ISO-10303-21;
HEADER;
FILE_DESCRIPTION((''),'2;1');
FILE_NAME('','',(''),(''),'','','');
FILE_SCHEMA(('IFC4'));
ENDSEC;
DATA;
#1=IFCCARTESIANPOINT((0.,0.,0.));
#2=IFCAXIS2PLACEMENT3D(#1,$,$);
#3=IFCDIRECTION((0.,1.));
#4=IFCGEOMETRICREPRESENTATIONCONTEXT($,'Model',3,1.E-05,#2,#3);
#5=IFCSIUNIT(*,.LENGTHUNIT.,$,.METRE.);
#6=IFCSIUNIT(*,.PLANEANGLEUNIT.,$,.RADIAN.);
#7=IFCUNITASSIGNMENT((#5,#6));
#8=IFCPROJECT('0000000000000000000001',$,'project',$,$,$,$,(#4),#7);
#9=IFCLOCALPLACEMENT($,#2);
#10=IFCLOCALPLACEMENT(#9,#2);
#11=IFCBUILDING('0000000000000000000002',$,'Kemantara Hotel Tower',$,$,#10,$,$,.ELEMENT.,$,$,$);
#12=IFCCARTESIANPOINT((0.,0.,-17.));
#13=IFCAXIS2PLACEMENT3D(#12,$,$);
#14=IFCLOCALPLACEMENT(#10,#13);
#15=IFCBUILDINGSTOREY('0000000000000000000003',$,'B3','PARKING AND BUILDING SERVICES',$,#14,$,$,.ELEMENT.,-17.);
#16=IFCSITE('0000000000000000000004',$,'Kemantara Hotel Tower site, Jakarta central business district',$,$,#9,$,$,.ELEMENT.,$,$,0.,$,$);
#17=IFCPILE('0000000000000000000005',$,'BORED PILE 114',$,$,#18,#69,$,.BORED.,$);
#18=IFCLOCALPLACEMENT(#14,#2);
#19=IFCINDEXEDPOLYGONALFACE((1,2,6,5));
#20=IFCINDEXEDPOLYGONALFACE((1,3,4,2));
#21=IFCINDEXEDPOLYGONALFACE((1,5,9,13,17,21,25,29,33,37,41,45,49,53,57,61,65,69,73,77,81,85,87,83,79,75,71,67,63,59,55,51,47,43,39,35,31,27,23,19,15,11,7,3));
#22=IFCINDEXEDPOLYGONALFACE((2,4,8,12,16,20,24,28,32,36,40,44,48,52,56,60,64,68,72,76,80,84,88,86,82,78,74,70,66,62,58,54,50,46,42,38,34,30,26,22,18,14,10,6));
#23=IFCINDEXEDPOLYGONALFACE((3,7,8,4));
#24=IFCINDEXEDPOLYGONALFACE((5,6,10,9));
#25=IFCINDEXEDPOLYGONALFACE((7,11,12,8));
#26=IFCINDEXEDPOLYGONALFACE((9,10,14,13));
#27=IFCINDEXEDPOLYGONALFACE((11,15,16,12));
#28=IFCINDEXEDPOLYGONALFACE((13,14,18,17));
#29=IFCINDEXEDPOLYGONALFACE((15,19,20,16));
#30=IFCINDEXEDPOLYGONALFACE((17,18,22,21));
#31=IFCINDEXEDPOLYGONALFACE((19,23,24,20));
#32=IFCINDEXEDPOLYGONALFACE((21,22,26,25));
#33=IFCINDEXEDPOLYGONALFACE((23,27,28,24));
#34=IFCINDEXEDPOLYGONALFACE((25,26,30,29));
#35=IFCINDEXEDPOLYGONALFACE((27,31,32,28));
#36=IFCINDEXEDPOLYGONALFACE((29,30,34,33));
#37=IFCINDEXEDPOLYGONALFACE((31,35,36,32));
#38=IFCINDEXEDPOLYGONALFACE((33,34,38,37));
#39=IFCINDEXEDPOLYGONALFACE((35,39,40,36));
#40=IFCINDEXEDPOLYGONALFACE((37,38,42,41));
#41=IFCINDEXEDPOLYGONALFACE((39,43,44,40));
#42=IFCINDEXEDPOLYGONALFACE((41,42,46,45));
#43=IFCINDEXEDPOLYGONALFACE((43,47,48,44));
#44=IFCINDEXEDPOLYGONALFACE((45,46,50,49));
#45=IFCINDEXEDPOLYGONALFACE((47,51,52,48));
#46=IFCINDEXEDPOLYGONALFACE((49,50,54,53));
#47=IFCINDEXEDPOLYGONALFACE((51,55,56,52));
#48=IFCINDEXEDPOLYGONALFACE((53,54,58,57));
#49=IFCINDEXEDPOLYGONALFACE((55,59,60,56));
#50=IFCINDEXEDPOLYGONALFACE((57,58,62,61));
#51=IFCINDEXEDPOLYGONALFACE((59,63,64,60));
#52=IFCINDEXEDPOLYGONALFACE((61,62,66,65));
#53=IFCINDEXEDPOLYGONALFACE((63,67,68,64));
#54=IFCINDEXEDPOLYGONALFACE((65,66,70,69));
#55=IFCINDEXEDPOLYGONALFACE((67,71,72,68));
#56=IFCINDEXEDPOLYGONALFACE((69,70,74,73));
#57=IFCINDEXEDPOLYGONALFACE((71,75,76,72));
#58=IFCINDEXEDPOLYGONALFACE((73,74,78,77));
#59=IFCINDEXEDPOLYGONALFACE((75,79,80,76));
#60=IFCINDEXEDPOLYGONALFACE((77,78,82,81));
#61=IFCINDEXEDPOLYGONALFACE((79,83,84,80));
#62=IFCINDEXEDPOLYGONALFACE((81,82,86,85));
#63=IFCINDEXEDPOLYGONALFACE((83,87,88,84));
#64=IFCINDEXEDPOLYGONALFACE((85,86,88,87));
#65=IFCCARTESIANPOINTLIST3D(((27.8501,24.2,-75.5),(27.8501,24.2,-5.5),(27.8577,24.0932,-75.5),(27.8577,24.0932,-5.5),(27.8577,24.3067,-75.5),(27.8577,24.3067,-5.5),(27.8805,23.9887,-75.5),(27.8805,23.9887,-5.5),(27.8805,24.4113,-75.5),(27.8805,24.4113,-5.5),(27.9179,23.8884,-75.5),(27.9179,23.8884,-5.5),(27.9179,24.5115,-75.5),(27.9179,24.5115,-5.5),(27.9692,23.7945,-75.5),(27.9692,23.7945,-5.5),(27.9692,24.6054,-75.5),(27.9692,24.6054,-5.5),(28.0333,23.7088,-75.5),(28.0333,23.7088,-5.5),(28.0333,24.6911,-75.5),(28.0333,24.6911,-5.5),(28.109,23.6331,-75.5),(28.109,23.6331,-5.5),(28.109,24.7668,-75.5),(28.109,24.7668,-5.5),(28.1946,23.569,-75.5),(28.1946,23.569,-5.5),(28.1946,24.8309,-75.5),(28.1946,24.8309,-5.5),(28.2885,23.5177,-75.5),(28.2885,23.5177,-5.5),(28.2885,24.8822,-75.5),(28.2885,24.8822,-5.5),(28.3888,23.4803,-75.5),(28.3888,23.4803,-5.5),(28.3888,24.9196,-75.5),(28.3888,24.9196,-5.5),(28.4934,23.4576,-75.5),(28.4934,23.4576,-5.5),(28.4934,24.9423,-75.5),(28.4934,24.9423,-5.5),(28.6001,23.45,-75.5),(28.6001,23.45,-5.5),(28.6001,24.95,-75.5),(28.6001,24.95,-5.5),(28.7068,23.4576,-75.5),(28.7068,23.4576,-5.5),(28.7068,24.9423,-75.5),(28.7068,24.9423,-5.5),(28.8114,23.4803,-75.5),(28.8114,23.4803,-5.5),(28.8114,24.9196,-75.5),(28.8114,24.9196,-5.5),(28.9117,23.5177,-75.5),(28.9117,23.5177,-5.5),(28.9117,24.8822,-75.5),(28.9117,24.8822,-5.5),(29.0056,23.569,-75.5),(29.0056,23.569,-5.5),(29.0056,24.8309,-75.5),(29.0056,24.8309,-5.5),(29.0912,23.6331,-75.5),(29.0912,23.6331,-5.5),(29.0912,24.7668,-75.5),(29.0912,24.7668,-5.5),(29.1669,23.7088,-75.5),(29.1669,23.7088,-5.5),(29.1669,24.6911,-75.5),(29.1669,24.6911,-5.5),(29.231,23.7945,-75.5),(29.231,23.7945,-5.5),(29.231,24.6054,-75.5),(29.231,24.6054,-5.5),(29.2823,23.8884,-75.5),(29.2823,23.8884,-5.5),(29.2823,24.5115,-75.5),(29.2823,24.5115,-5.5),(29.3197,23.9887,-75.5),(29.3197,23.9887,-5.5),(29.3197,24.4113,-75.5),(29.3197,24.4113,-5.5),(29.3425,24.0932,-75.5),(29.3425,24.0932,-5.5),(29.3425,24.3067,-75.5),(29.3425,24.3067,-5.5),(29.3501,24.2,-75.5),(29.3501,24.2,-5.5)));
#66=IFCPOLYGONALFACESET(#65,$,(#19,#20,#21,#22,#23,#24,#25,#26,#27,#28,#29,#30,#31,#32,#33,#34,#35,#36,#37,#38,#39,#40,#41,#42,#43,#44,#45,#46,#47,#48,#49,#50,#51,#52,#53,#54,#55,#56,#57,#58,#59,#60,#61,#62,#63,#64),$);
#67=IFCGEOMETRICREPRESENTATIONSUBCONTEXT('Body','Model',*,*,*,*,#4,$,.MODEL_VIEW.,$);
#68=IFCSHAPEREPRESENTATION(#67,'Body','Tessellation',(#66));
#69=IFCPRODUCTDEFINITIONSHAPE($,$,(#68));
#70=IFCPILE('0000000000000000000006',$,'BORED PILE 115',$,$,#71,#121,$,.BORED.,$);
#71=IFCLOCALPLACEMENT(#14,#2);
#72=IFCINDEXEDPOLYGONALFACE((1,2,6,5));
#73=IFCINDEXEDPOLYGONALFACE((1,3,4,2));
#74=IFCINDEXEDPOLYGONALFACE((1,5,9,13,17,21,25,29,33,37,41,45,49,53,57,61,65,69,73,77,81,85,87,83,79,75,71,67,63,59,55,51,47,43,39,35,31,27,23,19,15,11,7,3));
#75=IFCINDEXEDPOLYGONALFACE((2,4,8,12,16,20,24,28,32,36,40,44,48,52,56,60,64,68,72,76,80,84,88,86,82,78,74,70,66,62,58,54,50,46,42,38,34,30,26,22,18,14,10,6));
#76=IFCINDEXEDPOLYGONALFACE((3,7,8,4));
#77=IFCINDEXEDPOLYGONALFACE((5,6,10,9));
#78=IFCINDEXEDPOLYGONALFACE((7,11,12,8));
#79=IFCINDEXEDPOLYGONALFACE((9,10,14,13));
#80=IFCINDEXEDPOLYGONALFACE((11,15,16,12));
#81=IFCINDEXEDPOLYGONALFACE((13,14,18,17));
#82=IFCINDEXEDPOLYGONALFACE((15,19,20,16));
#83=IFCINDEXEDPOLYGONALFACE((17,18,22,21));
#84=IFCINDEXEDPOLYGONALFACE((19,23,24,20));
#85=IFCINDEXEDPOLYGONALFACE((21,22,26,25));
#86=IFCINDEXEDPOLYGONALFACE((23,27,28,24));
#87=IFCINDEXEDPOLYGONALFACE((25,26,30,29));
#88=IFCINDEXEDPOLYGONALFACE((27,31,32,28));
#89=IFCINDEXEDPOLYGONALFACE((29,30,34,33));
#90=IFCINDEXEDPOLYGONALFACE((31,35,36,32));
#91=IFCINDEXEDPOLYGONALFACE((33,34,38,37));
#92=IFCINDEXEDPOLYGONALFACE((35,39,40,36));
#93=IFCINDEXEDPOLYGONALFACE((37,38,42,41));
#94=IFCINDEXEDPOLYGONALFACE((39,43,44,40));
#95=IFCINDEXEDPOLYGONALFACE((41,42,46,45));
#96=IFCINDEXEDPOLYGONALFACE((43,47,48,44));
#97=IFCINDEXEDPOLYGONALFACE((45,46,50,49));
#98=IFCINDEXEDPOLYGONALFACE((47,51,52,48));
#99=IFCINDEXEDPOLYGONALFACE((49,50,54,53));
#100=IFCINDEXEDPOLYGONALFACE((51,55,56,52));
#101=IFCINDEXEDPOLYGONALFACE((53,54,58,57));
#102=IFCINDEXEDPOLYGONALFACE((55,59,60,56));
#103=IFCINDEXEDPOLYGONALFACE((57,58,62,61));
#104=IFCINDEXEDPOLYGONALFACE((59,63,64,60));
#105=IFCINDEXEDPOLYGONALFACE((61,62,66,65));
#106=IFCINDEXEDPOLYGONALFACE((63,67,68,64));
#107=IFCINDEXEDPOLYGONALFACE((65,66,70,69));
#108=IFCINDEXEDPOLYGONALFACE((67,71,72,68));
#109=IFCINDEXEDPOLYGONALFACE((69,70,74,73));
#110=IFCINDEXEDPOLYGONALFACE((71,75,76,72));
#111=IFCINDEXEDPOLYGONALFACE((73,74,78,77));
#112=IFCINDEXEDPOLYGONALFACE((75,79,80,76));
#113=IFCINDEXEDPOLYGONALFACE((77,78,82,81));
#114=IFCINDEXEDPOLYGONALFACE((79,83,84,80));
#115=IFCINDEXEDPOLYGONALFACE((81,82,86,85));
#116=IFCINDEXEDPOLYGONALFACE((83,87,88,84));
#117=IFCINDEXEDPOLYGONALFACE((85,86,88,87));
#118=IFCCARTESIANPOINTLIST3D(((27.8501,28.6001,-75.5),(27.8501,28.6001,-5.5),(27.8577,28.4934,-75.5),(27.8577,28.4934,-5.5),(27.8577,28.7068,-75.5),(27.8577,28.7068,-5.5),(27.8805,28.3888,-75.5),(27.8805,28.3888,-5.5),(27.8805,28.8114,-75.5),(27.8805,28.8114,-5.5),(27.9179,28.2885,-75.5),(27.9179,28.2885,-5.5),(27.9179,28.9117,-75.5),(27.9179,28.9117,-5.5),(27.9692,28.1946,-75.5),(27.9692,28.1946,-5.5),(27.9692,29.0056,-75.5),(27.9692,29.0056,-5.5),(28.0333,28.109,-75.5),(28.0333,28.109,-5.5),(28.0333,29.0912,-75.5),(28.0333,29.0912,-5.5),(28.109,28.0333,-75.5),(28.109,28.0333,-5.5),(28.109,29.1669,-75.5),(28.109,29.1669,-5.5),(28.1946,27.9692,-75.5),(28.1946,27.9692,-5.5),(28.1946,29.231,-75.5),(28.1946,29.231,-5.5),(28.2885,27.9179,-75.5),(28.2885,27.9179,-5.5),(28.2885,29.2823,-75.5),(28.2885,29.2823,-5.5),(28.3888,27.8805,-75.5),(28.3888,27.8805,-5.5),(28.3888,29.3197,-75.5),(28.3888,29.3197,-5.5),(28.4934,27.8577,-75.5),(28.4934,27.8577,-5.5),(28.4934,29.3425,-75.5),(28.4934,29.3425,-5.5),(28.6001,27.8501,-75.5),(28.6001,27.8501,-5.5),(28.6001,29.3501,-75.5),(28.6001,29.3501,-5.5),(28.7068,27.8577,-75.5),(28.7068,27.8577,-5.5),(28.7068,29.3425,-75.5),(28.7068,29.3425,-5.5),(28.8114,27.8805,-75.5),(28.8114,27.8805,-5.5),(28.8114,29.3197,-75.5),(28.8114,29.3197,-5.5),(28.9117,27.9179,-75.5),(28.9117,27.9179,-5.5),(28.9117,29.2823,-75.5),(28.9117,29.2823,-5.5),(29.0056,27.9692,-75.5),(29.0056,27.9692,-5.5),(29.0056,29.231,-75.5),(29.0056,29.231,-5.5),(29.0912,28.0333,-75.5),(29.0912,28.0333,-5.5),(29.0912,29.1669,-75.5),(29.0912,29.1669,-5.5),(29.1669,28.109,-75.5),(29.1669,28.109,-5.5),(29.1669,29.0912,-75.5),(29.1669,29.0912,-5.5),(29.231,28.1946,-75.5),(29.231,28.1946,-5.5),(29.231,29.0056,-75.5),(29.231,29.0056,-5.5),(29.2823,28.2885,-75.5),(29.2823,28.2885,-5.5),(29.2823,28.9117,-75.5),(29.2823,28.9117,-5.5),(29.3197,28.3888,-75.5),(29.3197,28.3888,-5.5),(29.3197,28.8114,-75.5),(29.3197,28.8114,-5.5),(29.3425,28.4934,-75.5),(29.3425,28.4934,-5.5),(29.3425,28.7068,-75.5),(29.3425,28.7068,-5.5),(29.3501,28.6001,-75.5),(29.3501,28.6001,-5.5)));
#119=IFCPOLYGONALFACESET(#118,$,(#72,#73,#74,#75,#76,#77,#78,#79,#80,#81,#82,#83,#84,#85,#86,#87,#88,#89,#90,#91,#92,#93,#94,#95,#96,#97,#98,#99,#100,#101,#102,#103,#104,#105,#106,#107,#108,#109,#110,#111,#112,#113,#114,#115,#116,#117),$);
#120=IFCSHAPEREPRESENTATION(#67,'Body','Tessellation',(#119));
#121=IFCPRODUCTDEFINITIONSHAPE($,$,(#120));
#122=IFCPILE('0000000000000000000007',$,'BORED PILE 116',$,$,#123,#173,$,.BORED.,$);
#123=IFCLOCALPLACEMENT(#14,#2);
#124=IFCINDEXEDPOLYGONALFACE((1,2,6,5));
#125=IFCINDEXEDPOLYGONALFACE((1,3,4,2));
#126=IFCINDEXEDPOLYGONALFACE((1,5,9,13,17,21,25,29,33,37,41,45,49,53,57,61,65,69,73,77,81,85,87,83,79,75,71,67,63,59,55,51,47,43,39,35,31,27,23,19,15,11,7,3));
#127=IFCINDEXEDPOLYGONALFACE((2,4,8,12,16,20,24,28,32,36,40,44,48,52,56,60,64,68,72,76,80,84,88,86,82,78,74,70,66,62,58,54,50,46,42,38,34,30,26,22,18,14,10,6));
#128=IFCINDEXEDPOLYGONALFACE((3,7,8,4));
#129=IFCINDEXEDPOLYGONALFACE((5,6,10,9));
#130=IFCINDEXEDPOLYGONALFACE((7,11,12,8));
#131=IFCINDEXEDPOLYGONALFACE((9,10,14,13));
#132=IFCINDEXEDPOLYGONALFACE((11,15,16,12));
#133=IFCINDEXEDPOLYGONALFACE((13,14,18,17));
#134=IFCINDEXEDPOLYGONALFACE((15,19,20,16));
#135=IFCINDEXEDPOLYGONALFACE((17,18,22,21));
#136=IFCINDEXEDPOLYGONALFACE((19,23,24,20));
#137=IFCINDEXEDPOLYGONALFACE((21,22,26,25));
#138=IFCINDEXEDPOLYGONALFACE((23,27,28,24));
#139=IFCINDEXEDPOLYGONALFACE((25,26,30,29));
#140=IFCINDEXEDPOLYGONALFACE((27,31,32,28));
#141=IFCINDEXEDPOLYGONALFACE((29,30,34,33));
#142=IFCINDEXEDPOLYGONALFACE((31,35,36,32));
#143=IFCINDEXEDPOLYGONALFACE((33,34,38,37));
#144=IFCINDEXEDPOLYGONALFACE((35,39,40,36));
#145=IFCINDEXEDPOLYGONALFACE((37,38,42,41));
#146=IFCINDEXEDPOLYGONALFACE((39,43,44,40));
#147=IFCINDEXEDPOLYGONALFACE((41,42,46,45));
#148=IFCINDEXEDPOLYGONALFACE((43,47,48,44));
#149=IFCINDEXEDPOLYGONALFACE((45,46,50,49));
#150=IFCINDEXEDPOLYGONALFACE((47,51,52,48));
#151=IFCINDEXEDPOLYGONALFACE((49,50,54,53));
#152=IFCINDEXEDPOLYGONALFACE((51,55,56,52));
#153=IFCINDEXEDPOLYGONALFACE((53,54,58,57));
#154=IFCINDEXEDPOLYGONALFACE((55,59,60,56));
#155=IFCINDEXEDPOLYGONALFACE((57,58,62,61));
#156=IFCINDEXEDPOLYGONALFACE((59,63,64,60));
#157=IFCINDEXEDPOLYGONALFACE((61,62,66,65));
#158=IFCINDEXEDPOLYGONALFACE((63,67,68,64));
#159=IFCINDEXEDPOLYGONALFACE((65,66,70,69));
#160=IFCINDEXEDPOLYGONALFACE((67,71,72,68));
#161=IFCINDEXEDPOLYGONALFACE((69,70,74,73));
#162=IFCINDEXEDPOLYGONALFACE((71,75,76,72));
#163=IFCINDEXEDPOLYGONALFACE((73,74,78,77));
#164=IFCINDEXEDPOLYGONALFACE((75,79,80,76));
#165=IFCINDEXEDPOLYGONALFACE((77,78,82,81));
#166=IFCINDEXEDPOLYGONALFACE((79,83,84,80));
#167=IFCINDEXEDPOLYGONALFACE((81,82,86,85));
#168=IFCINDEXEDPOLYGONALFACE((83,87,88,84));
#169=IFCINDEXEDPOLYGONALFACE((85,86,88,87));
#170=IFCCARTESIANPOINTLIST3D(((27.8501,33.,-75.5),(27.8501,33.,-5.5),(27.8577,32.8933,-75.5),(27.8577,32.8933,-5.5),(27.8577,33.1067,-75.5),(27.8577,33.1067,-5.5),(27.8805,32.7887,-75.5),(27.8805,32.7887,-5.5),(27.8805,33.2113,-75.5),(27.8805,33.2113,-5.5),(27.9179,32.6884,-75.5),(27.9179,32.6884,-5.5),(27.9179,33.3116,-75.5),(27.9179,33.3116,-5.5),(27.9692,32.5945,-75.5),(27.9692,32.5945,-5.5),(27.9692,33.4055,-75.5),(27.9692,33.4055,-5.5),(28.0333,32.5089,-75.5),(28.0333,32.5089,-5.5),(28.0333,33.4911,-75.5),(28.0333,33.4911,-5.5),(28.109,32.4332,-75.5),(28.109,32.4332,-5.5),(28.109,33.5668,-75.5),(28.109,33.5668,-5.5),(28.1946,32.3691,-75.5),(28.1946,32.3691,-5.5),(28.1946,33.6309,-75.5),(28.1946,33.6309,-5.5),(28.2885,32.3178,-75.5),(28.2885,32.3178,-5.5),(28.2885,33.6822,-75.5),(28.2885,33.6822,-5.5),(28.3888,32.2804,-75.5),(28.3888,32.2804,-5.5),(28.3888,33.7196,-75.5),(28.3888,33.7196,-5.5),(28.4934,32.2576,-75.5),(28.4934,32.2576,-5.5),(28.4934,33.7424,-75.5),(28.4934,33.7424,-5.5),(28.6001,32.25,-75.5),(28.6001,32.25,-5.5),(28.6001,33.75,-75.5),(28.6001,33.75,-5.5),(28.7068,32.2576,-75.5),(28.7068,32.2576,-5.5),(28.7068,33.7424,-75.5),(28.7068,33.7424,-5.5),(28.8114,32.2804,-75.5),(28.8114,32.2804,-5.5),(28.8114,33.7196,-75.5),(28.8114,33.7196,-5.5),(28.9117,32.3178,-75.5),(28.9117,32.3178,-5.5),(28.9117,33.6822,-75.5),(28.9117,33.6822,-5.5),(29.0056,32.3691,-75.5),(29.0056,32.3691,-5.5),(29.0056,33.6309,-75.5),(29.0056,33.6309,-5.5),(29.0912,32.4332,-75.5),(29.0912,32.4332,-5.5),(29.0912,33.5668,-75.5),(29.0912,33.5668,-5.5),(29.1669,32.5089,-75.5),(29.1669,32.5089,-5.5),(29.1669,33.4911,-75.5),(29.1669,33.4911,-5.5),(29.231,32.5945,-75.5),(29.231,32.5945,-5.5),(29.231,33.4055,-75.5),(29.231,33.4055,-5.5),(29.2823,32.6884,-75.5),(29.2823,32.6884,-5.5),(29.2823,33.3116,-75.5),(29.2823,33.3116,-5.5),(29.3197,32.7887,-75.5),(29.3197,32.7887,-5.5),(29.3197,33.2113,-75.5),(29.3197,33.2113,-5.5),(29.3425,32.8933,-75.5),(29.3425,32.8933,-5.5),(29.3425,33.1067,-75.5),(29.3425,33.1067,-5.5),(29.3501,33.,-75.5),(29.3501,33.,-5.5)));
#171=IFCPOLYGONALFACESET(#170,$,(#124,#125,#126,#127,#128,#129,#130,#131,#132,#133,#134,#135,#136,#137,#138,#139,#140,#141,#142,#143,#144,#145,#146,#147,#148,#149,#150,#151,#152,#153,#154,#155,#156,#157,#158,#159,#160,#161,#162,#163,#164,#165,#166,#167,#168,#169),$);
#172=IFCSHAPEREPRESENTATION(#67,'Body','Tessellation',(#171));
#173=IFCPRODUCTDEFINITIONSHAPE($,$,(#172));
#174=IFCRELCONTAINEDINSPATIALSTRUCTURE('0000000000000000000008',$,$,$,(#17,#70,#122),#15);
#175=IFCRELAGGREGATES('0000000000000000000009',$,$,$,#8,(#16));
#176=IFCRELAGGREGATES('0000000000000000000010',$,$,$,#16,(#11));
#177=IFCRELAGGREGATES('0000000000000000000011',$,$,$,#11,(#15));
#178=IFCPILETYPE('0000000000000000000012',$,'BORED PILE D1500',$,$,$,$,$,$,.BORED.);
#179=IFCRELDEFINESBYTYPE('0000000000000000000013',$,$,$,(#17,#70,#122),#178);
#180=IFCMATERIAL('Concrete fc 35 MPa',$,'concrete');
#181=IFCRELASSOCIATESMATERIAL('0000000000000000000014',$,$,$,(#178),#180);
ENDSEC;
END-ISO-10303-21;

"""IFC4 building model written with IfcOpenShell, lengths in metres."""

from ifc_helpers import new_model, si_unit, direction, frame, origin, origin_2d, place, context, subcontext, project, spatial, circle, extrude, material, material_profile, profile_set, type_object, element, save


model = new_model("IFC4")

# Units and contexts
model_context = context("Model", 3, precision=1e-05, world=origin(), true_north=direction((0.0, 1.0)))
body_context = subcontext(model_context, "Body", "Model", "MODEL_VIEW")
ifc_project = project(units=[si_unit("LENGTHUNIT", "METRE"), si_unit("PLANEANGLEUNIT", "RADIAN")], contexts=[model_context])

# Site, building, storey
site_placement = place(None, origin())
site = spatial("IfcSite", under=ifc_project, at=site_placement, Name="Kemantara Hotel Tower site, Jakarta central business district", CompositionType="ELEMENT", RefElevation=0.0)
building_placement = place(site_placement, origin())
building = spatial("IfcBuilding", under=site, at=building_placement, Name="Kemantara Hotel Tower", CompositionType="ELEMENT")
storey_placement = place(building_placement, frame((0.0, 0.0, -17.0)))
storey = spatial("IfcBuildingStorey", under=building, at=storey_placement, Name="B3", Description="PARKING AND BUILDING SERVICES", CompositionType="ELEMENT", Elevation=-17.0)

# Piles
ifc_material_1 = material(Name="Concrete fc 35 MPa", Category="concrete")
ifc_material_profile_1 = material_profile(ifc_material_1, circle(Radius=0.75, at=origin_2d()), Name="BORED PILE D1500")
ifc_profile_set_1 = profile_set([ifc_material_profile_1], Name="Concrete fc 35 MPa")
pile_type = type_object("IfcPileType", Name="BORED PILE D1500", PredefinedType="BORED", material=ifc_profile_set_1)
for number, where, z_axis, x_axis, name in (
    (1, (28.6001, 24.2, -5.5), (0.0, 0.0, -1.0), (1.0, 0.0, 0.0), "BORED PILE 114"),
    (2, (28.6001, 28.6001, -5.5), (0.0, 0.0, -1.0), (1.0, 0.0, 0.0), "BORED PILE 115"),
    (3, (28.6001, 33.0, -5.5), (0.0, 0.0, -1.0), (1.0, 0.0, 0.0), "BORED PILE 116"),
):
    element("IfcPile", number, at=place(storey_placement, frame(where, z_axis=z_axis, x_axis=x_axis)), inside=storey, type_object=pile_type, Name=name, PredefinedType="BORED", context=body_context, shape_type="SweptSolid", body=[
        extrude(circle(Radius=0.75, at=origin_2d()), origin(), (0.0, 0.0, 1.0), 70.0),
    ])

save(model, "model.ifc")
